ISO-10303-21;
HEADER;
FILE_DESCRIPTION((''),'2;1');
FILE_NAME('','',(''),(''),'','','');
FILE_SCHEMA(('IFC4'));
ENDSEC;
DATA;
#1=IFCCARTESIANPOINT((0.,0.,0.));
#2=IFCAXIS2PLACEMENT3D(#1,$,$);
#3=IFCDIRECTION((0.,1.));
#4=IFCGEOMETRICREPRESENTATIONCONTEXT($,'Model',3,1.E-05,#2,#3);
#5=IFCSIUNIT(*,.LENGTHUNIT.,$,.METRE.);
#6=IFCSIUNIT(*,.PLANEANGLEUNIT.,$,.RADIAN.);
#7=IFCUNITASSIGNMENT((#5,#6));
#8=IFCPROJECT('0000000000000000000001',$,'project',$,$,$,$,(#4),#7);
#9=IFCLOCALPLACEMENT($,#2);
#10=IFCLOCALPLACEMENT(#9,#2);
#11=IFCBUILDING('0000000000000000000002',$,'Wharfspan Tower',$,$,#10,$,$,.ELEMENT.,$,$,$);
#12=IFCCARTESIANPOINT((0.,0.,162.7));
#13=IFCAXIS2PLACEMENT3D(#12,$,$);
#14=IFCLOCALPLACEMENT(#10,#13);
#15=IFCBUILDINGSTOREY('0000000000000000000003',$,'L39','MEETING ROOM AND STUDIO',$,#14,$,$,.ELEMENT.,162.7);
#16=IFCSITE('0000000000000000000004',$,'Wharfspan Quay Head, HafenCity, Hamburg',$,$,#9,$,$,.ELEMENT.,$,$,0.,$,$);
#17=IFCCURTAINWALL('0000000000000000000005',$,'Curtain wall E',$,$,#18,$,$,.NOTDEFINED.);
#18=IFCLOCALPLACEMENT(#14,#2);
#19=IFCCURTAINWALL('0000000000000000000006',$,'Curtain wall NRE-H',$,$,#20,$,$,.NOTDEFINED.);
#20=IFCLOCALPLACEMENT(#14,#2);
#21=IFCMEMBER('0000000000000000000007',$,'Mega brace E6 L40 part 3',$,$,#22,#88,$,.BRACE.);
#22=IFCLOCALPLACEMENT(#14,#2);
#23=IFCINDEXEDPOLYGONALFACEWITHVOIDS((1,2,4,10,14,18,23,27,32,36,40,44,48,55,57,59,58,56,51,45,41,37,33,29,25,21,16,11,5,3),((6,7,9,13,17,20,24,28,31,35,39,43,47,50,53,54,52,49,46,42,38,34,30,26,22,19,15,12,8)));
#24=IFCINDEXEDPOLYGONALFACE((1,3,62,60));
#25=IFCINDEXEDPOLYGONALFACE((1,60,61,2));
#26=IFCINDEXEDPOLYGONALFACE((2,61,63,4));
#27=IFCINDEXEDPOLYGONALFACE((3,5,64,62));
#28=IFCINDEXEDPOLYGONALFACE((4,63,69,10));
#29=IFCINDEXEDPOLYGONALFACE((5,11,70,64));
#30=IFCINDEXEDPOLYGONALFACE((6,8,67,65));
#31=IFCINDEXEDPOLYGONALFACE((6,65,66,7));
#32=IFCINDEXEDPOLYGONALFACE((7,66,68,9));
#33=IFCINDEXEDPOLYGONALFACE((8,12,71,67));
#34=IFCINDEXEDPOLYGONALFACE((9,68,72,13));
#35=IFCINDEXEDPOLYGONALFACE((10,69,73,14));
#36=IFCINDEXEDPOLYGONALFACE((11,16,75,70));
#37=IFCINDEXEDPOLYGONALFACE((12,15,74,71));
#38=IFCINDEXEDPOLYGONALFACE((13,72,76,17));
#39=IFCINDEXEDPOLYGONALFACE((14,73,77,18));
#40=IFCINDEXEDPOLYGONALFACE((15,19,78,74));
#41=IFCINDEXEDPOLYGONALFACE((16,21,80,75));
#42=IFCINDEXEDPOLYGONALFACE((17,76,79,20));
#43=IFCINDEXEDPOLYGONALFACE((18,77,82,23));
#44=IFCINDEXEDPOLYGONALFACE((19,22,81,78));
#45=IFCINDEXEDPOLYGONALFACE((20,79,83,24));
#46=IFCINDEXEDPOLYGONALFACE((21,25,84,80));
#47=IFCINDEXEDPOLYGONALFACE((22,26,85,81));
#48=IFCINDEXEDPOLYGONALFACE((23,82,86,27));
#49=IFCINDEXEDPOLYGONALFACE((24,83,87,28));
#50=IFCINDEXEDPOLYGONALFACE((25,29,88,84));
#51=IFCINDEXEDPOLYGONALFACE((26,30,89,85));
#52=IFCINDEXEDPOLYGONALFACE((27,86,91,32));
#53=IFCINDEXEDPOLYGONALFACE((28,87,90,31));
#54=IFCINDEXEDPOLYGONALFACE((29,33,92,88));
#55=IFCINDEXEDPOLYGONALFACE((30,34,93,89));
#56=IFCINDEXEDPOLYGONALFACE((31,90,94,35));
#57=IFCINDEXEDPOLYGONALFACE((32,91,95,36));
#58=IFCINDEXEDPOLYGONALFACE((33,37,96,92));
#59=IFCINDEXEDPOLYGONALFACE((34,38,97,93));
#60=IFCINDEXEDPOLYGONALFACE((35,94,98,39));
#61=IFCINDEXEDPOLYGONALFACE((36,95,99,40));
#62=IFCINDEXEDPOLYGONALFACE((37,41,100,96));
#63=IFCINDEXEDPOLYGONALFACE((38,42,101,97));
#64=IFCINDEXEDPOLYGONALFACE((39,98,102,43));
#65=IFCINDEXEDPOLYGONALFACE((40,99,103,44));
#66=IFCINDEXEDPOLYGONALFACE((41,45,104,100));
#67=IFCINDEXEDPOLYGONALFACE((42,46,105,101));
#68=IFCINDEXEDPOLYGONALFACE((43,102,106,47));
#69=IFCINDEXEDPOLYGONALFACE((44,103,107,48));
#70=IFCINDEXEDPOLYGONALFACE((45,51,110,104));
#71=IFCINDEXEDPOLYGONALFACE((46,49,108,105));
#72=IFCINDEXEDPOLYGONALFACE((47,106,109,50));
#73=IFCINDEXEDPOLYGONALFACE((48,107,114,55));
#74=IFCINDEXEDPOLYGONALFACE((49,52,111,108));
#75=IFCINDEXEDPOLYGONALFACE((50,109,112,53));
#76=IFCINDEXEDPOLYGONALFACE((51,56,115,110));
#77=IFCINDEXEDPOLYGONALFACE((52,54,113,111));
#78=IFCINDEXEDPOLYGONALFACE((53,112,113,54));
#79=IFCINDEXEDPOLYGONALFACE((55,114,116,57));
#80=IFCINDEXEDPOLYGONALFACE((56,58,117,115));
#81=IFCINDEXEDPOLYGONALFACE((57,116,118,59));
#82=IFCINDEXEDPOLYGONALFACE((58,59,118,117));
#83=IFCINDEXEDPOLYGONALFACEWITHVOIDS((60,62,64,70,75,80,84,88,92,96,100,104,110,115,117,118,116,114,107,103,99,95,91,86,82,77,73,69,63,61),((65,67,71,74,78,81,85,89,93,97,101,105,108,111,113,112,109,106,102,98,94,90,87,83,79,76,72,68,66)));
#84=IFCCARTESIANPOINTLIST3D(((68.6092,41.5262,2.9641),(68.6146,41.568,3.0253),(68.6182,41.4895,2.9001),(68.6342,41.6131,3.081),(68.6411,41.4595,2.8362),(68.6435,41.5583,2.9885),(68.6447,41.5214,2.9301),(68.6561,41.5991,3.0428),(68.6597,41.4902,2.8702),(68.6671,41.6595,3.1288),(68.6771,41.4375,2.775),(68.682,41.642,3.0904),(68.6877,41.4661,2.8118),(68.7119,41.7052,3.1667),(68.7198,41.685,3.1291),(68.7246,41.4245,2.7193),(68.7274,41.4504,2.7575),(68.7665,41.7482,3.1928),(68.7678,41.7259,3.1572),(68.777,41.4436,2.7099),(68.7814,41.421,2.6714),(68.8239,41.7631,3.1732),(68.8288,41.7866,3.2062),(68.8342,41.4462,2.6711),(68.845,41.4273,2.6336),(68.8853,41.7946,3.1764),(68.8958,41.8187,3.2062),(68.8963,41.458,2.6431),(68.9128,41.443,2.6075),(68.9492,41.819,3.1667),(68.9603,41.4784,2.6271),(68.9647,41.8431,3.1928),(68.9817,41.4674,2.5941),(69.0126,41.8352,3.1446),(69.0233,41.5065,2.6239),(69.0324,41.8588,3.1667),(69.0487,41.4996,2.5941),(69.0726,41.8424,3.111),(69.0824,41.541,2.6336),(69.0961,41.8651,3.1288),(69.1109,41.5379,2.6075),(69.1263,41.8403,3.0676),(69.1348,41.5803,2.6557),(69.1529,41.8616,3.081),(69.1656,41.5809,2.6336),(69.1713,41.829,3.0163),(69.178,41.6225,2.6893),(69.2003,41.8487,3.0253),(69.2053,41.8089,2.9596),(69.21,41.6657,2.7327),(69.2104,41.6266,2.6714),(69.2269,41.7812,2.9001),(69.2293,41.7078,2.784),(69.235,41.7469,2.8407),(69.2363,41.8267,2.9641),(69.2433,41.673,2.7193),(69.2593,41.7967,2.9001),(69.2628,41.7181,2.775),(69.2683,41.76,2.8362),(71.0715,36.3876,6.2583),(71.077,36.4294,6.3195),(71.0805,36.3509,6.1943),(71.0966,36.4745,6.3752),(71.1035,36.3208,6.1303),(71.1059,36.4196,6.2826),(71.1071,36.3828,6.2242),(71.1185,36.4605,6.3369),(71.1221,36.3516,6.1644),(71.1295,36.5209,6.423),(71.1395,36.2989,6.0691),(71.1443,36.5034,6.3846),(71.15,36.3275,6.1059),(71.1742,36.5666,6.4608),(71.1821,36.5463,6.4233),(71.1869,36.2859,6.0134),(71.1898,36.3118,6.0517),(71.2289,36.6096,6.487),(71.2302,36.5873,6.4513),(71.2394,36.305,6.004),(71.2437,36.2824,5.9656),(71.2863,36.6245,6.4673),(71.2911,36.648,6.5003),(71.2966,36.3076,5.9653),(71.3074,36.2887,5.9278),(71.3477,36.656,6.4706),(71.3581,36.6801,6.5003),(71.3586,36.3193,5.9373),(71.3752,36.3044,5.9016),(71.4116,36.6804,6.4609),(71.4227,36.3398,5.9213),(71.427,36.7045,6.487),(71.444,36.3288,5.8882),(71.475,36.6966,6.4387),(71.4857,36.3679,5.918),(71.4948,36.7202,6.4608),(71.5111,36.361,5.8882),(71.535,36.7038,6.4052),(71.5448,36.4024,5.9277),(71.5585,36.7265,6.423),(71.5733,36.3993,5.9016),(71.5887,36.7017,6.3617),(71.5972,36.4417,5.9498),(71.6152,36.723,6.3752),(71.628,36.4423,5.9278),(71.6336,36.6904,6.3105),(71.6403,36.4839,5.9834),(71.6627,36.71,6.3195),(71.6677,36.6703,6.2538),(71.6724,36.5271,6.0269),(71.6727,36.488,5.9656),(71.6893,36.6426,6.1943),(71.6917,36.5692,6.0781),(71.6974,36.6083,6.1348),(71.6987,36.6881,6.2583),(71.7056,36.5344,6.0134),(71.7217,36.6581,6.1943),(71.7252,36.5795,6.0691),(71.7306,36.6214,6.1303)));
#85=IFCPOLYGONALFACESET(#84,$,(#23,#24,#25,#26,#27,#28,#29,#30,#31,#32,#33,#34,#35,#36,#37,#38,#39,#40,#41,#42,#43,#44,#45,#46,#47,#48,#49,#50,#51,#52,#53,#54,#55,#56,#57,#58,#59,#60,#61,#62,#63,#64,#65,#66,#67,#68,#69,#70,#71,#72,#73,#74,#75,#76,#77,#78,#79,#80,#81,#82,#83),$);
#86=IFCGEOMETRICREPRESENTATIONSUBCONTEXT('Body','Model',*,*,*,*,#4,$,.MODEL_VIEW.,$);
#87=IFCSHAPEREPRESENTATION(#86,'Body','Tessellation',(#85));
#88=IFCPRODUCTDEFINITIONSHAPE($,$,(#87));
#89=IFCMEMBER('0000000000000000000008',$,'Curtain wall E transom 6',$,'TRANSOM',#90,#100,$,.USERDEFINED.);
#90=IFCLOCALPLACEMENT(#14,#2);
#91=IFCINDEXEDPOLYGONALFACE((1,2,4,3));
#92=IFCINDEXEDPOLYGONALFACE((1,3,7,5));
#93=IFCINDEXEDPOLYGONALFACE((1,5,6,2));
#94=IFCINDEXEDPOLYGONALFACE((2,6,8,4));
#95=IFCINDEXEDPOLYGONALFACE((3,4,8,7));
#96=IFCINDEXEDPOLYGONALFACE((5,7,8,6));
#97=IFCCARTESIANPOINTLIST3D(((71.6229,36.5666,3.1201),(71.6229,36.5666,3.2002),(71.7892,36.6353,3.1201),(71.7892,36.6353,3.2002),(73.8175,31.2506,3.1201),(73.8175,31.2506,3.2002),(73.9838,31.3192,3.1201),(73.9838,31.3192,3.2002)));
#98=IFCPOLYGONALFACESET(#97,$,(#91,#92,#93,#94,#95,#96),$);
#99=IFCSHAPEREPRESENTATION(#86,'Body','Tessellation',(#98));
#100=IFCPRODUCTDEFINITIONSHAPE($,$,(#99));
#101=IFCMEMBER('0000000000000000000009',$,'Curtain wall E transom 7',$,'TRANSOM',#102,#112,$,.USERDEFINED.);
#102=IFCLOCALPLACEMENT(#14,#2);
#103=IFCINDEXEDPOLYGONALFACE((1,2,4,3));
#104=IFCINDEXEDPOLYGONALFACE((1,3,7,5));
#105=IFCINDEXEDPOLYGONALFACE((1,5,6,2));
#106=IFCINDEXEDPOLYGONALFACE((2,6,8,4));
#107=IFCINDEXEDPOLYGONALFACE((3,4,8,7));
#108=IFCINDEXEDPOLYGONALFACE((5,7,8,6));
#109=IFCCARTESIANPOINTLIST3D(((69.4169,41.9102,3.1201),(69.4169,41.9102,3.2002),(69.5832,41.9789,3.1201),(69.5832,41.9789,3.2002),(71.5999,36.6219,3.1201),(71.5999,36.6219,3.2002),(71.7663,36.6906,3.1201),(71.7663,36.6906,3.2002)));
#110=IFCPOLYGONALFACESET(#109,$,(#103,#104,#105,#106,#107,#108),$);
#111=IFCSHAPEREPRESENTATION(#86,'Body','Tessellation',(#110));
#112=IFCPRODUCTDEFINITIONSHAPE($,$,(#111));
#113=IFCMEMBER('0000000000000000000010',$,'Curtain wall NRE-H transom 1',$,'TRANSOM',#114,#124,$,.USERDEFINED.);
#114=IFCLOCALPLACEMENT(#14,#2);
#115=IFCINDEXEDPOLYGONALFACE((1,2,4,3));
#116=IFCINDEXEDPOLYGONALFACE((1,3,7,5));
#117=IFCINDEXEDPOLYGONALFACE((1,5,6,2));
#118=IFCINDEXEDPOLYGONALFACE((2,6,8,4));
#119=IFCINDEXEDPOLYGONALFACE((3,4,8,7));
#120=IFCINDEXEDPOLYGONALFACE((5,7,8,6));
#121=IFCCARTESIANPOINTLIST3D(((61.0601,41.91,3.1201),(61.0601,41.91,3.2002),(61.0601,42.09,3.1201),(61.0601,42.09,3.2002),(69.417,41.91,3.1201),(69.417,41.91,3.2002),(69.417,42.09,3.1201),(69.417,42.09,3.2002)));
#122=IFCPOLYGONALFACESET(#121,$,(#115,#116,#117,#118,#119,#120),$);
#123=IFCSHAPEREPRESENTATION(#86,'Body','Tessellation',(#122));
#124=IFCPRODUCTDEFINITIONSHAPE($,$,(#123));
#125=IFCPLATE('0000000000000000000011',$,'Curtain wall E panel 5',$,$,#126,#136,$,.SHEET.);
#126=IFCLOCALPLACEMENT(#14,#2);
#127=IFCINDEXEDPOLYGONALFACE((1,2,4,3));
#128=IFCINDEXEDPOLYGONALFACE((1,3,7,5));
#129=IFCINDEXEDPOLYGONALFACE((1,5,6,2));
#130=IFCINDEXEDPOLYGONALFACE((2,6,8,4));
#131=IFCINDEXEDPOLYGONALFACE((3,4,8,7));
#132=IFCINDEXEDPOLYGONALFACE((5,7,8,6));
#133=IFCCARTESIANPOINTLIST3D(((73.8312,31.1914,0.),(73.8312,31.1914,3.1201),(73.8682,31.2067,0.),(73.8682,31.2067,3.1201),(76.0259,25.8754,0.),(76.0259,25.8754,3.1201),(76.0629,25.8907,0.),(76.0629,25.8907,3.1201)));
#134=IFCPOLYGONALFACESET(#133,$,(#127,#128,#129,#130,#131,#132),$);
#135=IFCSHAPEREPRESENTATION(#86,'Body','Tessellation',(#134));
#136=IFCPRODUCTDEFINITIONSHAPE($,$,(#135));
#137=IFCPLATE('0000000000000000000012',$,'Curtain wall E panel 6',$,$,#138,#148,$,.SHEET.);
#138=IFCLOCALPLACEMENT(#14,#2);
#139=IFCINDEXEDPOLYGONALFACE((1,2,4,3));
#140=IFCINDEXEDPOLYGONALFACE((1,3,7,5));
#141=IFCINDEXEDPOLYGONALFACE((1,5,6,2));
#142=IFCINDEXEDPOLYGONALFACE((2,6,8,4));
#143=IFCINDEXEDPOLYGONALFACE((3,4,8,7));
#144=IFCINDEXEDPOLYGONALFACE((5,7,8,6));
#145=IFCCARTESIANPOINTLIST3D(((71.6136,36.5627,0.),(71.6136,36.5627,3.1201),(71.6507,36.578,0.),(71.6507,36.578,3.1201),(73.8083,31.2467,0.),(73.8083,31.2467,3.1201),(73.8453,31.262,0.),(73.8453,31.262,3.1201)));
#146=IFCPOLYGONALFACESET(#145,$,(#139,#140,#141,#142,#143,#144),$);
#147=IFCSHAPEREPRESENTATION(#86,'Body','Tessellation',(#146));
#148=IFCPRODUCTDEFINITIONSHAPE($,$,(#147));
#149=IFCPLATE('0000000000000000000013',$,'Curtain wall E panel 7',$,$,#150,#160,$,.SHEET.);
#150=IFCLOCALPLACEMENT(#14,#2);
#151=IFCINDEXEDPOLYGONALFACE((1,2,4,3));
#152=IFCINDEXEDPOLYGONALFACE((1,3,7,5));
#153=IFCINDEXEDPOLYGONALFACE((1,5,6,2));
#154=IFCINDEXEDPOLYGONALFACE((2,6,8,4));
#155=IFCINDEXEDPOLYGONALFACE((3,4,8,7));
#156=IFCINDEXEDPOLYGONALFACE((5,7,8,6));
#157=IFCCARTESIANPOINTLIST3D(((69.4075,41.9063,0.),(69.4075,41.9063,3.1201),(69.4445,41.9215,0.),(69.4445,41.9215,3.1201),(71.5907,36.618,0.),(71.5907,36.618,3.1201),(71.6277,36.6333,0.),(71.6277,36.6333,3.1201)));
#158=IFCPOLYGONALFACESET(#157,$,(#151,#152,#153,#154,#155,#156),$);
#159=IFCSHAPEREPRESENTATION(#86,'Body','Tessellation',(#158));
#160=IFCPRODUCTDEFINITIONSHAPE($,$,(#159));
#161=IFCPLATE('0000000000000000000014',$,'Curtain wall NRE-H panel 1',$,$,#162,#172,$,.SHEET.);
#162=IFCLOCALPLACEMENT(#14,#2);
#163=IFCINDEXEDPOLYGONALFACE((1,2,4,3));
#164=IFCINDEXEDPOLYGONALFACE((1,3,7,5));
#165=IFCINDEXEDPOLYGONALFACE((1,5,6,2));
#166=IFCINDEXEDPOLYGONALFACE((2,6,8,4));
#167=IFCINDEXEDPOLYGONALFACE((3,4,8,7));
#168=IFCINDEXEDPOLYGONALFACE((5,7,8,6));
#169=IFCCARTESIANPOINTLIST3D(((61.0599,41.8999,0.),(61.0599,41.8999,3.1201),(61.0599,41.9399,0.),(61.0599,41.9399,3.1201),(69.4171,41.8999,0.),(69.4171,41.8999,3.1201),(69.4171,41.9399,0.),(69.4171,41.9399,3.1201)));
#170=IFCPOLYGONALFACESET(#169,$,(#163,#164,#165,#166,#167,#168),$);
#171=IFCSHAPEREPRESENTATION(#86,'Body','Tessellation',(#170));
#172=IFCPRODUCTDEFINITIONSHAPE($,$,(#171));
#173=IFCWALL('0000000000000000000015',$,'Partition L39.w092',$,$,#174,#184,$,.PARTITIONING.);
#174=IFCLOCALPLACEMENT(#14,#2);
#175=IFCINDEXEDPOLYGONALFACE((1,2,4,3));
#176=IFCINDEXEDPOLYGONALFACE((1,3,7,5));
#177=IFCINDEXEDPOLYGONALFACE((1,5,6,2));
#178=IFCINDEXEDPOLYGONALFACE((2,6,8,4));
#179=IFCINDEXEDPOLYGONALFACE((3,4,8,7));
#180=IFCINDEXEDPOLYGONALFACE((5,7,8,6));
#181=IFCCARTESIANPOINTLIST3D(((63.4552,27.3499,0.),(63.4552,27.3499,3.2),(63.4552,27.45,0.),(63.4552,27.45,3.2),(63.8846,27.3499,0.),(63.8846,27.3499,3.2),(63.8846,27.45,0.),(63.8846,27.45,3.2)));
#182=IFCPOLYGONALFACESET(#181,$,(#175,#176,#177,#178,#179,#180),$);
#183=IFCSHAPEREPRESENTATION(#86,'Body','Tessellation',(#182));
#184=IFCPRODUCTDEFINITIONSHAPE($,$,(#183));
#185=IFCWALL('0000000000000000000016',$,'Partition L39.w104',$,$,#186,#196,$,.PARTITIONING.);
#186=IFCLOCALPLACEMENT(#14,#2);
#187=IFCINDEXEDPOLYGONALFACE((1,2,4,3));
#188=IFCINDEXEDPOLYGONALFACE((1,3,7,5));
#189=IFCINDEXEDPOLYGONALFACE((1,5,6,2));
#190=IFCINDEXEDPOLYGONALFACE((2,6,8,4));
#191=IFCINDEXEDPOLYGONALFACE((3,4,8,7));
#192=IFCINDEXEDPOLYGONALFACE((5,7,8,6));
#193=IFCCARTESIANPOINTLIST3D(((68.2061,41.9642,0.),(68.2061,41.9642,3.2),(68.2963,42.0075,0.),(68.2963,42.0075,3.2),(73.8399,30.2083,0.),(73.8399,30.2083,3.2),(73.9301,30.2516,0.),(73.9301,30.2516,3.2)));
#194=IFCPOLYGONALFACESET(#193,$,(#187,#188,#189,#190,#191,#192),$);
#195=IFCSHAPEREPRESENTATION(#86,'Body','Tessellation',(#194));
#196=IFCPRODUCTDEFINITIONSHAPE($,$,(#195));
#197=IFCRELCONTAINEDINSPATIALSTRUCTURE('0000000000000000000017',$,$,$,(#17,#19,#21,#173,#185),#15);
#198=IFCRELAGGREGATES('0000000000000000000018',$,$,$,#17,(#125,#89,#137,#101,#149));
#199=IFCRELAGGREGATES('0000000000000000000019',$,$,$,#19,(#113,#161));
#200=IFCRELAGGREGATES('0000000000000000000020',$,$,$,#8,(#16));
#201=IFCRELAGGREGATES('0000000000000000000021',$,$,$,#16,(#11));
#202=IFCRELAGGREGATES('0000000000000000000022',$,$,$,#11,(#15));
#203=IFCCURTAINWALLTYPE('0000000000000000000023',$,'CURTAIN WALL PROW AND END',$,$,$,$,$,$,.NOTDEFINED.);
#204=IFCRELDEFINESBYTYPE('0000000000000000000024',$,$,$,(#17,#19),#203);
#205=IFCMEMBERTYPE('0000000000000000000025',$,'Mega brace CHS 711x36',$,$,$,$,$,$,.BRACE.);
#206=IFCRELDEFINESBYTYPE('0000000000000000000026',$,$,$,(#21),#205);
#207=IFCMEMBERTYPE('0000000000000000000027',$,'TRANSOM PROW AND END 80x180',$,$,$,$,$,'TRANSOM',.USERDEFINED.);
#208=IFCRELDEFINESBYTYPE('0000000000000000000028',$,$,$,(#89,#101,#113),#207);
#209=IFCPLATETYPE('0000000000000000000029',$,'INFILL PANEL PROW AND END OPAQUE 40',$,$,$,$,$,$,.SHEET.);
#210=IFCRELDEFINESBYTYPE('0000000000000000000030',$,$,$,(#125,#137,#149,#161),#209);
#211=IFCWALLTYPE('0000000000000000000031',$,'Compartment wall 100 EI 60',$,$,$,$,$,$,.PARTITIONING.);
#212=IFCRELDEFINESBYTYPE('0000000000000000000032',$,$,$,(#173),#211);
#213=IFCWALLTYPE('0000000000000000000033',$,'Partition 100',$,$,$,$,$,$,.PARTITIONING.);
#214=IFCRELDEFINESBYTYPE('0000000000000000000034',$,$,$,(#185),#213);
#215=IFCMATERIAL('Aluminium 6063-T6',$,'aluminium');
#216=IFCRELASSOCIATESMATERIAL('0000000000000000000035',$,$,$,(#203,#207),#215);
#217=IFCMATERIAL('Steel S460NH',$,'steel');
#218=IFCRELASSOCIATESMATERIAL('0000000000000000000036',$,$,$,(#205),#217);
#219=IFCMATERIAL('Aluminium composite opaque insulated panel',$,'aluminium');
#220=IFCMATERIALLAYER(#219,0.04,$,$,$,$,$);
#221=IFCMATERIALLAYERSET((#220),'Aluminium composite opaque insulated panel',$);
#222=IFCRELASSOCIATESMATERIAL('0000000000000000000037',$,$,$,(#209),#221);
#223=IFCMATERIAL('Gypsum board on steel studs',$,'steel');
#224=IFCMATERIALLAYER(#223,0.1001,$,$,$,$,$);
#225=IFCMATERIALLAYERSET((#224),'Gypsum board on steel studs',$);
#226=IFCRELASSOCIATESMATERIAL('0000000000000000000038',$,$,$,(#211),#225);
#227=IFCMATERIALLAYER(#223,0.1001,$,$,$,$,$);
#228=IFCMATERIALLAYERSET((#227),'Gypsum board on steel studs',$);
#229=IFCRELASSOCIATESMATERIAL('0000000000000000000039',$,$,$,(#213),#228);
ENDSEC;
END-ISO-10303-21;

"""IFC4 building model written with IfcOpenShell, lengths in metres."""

from ifc_helpers import new_model, si_unit, direction, frame, frame_2d, origin, origin_2d, place, context, subcontext, project, spatial, rectangle, hollow_circle, extrude, material, layer, layer_set, material_profile, profile_set, type_object, element, aggregate, save


model = new_model("IFC4")

# Units and contexts
model_context = context("Model", 3, precision=1e-05, world=origin(), true_north=direction((0.0, 1.0)))
body_context = subcontext(model_context, "Body", "Model", "MODEL_VIEW")
ifc_project = project(units=[si_unit("LENGTHUNIT", "METRE"), si_unit("PLANEANGLEUNIT", "RADIAN")], contexts=[model_context])

# Site, building, storey
site_placement = place(None, origin())
site = spatial("IfcSite", under=ifc_project, at=site_placement, Name="Wharfspan Quay Head, HafenCity, Hamburg", CompositionType="ELEMENT", RefElevation=0.0)
building_placement = place(site_placement, origin())
building = spatial("IfcBuilding", under=site, at=building_placement, Name="Wharfspan Tower", CompositionType="ELEMENT")
storey_placement = place(building_placement, frame((0.0, 0.0, 162.7)))
storey = spatial("IfcBuildingStorey", under=building, at=storey_placement, Name="L39", Description="MEETING ROOM AND STUDIO", CompositionType="ELEMENT", Elevation=162.7)

# Curtain walls
ifc_material_1 = material(Name="Aluminium 6063-T6", Category="aluminium")
curtain_wall_type = type_object("IfcCurtainWallType", Name="CURTAIN WALL PROW AND END", PredefinedType="NOTDEFINED", material=ifc_material_1)
curtain_wall_1_placement = place(storey_placement, origin())
curtain_wall_1 = element("IfcCurtainWall", 1, at=curtain_wall_1_placement, inside=storey, type_object=curtain_wall_type, Name="Curtain wall E", PredefinedType="NOTDEFINED")
curtain_wall_2_placement = place(storey_placement, origin())
curtain_wall_2 = element("IfcCurtainWall", 2, at=curtain_wall_2_placement, inside=storey, type_object=curtain_wall_type, Name="Curtain wall NRE-H", PredefinedType="NOTDEFINED")

# Member
ifc_material_2 = material(Name="Steel S460NH", Category="steel")
ifc_material_profile_1 = material_profile(ifc_material_2, hollow_circle(Radius=0.3555, WallThickness=0.0359, at=origin_2d()))
ifc_profile_set_1 = profile_set([ifc_material_profile_1], Name="Steel S460NH")
member_type_1 = type_object("IfcMemberType", Name="Mega brace CHS 711x36", PredefinedType="BRACE", material=ifc_profile_set_1)
for number, where, z_axis, x_axis, name in (
    (3, (68.9387, 41.6431, 2.9001), (0.374119, -0.780731, 0.500494), (0.90181, 0.432137, -0.000003), "Mega brace E6 L40 part 3"),
):
    element("IfcMember", number, at=place(storey_placement, frame(where, z_axis=z_axis, x_axis=x_axis)), inside=storey, type_object=member_type_1, Name=name, PredefinedType="BRACE", context=body_context, shape_type="SweptSolid", body=[
        extrude(hollow_circle(Radius=0.3555, WallThickness=0.0359, at=origin_2d()), origin(), (0.0, 0.0, 1.0), 6.5818),
    ])

# Members
ifc_material_profile_2 = material_profile(ifc_material_1, rectangle(XDim=0.1799, YDim=0.0801, at=origin_2d()))
ifc_profile_set_2 = profile_set([ifc_material_profile_2], Name="Aluminium 6063-T6")
member_type_2 = type_object("IfcMemberType", Name="TRANSOM PROW AND END 80x180", ElementType="TRANSOM", PredefinedType="USERDEFINED", material=ifc_profile_set_2)
member_1_placement = place(storey_placement, frame((73.9006, 31.2849, 3.1602), z_axis=(-0.381593, 0.92433, 0.0), x_axis=(-0.92433, -0.381593, 0.0)))
member_1 = element("IfcMember", 4, at=member_1_placement, type_object=member_type_2, Name="Curtain wall E transom 6", ObjectType="TRANSOM", PredefinedType="USERDEFINED", context=body_context, shape_type="SweptSolid", body=[
    extrude(rectangle(XDim=0.1799, YDim=0.0801, at=origin_2d()), origin(), (0.0, 0.0, 1.0), 5.7512),
])
member_2_placement = place(storey_placement, frame((71.6831, 36.6562, 3.1602), z_axis=(-0.38158, 0.924336, 0.0), x_axis=(-0.924336, -0.38158, 0.0)))
member_2 = element("IfcMember", 5, at=member_2_placement, type_object=member_type_2, Name="Curtain wall E transom 7", ObjectType="TRANSOM", PredefinedType="USERDEFINED", context=body_context, shape_type="SweptSolid", body=[
    extrude(rectangle(XDim=0.1799, YDim=0.0801, at=origin_2d()), origin(), (0.0, 0.0, 1.0), 5.7212),
])
member_3_placement = place(storey_placement, frame((69.417, 42.0, 3.1602), z_axis=(-1.0, 0.0, 0.0), x_axis=(0.0, -1.0, 0.0)))
member_3 = element("IfcMember", 6, at=member_3_placement, type_object=member_type_2, Name="Curtain wall NRE-H transom 1", ObjectType="TRANSOM", PredefinedType="USERDEFINED", context=body_context, shape_type="SweptSolid", body=[
    extrude(rectangle(XDim=0.1799, YDim=0.0801, at=origin_2d()), origin(), (0.0, 0.0, 1.0), 8.3569),
])

# Plates
ifc_material_3 = material(Name="Aluminium composite opaque insulated panel", Category="aluminium")
ifc_layer_1 = layer(ifc_material_3, 0.04)
ifc_layer_set_1 = layer_set([ifc_layer_1], Name="Aluminium composite opaque insulated panel")
plate_type = type_object("IfcPlateType", Name="INFILL PANEL PROW AND END OPAQUE 40", PredefinedType="SHEET", material=ifc_layer_set_1)
plate_1_placement = place(storey_placement, frame((74.947, 28.541, 0.0), z_axis=(0.0, 0.0, 1.0), x_axis=(-0.381602, 0.924325, 0.0)))
plate_1 = element("IfcPlate", 7, at=plate_1_placement, type_object=plate_type, Name="Curtain wall E panel 5", PredefinedType="SHEET", context=body_context, shape_type="SweptSolid", body=[
    extrude(rectangle(XDim=5.7512, YDim=0.04, at=origin_2d()), origin(), (0.0, 0.0, 1.0), 3.1201),
])
plate_2_placement = place(storey_placement, frame((72.7295, 33.9124, 0.0), z_axis=(0.0, 0.0, 1.0), x_axis=(-0.381602, 0.924325, 0.0)))
plate_2 = element("IfcPlate", 8, at=plate_2_placement, type_object=plate_type, Name="Curtain wall E panel 6", PredefinedType="SHEET", context=body_context, shape_type="SweptSolid", body=[
    extrude(rectangle(XDim=5.7512, YDim=0.04, at=origin_2d()), origin(), (0.0, 0.0, 1.0), 3.1201),
])
plate_3_placement = place(storey_placement, frame((70.5176, 39.2698, 0.0), z_axis=(0.0, 0.0, 1.0), x_axis=(-0.381602, 0.924325, 0.0)))
plate_3 = element("IfcPlate", 9, at=plate_3_placement, type_object=plate_type, Name="Curtain wall E panel 7", PredefinedType="SHEET", context=body_context, shape_type="SweptSolid", body=[
    extrude(rectangle(XDim=5.7212, YDim=0.04, at=origin_2d()), origin(), (0.0, 0.0, 1.0), 3.1201),
])
aggregate(curtain_wall_1, [plate_1, member_1, plate_2, member_2, plate_3])
plate_4_placement = place(storey_placement, frame((65.2385, 41.9199, 0.0), z_axis=(0.0, 0.0, 1.0), x_axis=(-1.0, 0.0, 0.0)))
plate_4 = element("IfcPlate", 10, at=plate_4_placement, type_object=plate_type, Name="Curtain wall NRE-H panel 1", PredefinedType="SHEET", context=body_context, shape_type="SweptSolid", body=[
    extrude(rectangle(XDim=8.3572, YDim=0.04, at=origin_2d()), origin(), (0.0, 0.0, 1.0), 3.1201),
])
aggregate(curtain_wall_2, [member_3, plate_4])

# Walls
ifc_material_4 = material(Name="Gypsum board on steel studs", Category="steel")
ifc_layer_2 = layer(ifc_material_4, 0.1001)
ifc_layer_set_2 = layer_set([ifc_layer_2], Name="Gypsum board on steel studs")
wall_type_1 = type_object("IfcWallType", Name="Compartment wall 100 EI 60", PredefinedType="PARTITIONING", material=ifc_layer_set_2)
wall_1_placement = place(storey_placement, frame((63.4551, 27.3999, 0.0), z_axis=(0.0, 0.0, 1.0), x_axis=(1.0, 0.0, 0.0)))
element("IfcWall", 11, at=wall_1_placement, inside=storey, type_object=wall_type_1, Name="Partition L39.w092", PredefinedType="PARTITIONING", context=body_context, shape_type="SweptSolid", body=[
    extrude(rectangle(XDim=0.4294, YDim=0.1001, at=frame_2d((0.2148, 0.0))), origin(), (0.0, 0.0, 1.0), 3.2),
])
ifc_layer_3 = layer(ifc_material_4, 0.1001)
ifc_layer_set_3 = layer_set([ifc_layer_3], Name="Gypsum board on steel studs")
wall_type_2 = type_object("IfcWallType", Name="Partition 100", PredefinedType="PARTITIONING", material=ifc_layer_set_3)
wall_2_placement = place(storey_placement, frame((73.885, 30.23, 0.0), z_axis=(0.0, 0.0, 1.0), x_axis=(-0.432167, 0.90179, 0.0)))
element("IfcWall", 12, at=wall_2_placement, inside=storey, type_object=wall_type_2, Name="Partition L39.w104", PredefinedType="PARTITIONING", context=body_context, shape_type="SweptSolid", body=[
    extrude(rectangle(XDim=13.0361, YDim=0.1001, at=frame_2d((6.5181, 0.0))), origin(), (0.0, 0.0, 1.0), 3.2),
])

save(model, "model.ifc")
